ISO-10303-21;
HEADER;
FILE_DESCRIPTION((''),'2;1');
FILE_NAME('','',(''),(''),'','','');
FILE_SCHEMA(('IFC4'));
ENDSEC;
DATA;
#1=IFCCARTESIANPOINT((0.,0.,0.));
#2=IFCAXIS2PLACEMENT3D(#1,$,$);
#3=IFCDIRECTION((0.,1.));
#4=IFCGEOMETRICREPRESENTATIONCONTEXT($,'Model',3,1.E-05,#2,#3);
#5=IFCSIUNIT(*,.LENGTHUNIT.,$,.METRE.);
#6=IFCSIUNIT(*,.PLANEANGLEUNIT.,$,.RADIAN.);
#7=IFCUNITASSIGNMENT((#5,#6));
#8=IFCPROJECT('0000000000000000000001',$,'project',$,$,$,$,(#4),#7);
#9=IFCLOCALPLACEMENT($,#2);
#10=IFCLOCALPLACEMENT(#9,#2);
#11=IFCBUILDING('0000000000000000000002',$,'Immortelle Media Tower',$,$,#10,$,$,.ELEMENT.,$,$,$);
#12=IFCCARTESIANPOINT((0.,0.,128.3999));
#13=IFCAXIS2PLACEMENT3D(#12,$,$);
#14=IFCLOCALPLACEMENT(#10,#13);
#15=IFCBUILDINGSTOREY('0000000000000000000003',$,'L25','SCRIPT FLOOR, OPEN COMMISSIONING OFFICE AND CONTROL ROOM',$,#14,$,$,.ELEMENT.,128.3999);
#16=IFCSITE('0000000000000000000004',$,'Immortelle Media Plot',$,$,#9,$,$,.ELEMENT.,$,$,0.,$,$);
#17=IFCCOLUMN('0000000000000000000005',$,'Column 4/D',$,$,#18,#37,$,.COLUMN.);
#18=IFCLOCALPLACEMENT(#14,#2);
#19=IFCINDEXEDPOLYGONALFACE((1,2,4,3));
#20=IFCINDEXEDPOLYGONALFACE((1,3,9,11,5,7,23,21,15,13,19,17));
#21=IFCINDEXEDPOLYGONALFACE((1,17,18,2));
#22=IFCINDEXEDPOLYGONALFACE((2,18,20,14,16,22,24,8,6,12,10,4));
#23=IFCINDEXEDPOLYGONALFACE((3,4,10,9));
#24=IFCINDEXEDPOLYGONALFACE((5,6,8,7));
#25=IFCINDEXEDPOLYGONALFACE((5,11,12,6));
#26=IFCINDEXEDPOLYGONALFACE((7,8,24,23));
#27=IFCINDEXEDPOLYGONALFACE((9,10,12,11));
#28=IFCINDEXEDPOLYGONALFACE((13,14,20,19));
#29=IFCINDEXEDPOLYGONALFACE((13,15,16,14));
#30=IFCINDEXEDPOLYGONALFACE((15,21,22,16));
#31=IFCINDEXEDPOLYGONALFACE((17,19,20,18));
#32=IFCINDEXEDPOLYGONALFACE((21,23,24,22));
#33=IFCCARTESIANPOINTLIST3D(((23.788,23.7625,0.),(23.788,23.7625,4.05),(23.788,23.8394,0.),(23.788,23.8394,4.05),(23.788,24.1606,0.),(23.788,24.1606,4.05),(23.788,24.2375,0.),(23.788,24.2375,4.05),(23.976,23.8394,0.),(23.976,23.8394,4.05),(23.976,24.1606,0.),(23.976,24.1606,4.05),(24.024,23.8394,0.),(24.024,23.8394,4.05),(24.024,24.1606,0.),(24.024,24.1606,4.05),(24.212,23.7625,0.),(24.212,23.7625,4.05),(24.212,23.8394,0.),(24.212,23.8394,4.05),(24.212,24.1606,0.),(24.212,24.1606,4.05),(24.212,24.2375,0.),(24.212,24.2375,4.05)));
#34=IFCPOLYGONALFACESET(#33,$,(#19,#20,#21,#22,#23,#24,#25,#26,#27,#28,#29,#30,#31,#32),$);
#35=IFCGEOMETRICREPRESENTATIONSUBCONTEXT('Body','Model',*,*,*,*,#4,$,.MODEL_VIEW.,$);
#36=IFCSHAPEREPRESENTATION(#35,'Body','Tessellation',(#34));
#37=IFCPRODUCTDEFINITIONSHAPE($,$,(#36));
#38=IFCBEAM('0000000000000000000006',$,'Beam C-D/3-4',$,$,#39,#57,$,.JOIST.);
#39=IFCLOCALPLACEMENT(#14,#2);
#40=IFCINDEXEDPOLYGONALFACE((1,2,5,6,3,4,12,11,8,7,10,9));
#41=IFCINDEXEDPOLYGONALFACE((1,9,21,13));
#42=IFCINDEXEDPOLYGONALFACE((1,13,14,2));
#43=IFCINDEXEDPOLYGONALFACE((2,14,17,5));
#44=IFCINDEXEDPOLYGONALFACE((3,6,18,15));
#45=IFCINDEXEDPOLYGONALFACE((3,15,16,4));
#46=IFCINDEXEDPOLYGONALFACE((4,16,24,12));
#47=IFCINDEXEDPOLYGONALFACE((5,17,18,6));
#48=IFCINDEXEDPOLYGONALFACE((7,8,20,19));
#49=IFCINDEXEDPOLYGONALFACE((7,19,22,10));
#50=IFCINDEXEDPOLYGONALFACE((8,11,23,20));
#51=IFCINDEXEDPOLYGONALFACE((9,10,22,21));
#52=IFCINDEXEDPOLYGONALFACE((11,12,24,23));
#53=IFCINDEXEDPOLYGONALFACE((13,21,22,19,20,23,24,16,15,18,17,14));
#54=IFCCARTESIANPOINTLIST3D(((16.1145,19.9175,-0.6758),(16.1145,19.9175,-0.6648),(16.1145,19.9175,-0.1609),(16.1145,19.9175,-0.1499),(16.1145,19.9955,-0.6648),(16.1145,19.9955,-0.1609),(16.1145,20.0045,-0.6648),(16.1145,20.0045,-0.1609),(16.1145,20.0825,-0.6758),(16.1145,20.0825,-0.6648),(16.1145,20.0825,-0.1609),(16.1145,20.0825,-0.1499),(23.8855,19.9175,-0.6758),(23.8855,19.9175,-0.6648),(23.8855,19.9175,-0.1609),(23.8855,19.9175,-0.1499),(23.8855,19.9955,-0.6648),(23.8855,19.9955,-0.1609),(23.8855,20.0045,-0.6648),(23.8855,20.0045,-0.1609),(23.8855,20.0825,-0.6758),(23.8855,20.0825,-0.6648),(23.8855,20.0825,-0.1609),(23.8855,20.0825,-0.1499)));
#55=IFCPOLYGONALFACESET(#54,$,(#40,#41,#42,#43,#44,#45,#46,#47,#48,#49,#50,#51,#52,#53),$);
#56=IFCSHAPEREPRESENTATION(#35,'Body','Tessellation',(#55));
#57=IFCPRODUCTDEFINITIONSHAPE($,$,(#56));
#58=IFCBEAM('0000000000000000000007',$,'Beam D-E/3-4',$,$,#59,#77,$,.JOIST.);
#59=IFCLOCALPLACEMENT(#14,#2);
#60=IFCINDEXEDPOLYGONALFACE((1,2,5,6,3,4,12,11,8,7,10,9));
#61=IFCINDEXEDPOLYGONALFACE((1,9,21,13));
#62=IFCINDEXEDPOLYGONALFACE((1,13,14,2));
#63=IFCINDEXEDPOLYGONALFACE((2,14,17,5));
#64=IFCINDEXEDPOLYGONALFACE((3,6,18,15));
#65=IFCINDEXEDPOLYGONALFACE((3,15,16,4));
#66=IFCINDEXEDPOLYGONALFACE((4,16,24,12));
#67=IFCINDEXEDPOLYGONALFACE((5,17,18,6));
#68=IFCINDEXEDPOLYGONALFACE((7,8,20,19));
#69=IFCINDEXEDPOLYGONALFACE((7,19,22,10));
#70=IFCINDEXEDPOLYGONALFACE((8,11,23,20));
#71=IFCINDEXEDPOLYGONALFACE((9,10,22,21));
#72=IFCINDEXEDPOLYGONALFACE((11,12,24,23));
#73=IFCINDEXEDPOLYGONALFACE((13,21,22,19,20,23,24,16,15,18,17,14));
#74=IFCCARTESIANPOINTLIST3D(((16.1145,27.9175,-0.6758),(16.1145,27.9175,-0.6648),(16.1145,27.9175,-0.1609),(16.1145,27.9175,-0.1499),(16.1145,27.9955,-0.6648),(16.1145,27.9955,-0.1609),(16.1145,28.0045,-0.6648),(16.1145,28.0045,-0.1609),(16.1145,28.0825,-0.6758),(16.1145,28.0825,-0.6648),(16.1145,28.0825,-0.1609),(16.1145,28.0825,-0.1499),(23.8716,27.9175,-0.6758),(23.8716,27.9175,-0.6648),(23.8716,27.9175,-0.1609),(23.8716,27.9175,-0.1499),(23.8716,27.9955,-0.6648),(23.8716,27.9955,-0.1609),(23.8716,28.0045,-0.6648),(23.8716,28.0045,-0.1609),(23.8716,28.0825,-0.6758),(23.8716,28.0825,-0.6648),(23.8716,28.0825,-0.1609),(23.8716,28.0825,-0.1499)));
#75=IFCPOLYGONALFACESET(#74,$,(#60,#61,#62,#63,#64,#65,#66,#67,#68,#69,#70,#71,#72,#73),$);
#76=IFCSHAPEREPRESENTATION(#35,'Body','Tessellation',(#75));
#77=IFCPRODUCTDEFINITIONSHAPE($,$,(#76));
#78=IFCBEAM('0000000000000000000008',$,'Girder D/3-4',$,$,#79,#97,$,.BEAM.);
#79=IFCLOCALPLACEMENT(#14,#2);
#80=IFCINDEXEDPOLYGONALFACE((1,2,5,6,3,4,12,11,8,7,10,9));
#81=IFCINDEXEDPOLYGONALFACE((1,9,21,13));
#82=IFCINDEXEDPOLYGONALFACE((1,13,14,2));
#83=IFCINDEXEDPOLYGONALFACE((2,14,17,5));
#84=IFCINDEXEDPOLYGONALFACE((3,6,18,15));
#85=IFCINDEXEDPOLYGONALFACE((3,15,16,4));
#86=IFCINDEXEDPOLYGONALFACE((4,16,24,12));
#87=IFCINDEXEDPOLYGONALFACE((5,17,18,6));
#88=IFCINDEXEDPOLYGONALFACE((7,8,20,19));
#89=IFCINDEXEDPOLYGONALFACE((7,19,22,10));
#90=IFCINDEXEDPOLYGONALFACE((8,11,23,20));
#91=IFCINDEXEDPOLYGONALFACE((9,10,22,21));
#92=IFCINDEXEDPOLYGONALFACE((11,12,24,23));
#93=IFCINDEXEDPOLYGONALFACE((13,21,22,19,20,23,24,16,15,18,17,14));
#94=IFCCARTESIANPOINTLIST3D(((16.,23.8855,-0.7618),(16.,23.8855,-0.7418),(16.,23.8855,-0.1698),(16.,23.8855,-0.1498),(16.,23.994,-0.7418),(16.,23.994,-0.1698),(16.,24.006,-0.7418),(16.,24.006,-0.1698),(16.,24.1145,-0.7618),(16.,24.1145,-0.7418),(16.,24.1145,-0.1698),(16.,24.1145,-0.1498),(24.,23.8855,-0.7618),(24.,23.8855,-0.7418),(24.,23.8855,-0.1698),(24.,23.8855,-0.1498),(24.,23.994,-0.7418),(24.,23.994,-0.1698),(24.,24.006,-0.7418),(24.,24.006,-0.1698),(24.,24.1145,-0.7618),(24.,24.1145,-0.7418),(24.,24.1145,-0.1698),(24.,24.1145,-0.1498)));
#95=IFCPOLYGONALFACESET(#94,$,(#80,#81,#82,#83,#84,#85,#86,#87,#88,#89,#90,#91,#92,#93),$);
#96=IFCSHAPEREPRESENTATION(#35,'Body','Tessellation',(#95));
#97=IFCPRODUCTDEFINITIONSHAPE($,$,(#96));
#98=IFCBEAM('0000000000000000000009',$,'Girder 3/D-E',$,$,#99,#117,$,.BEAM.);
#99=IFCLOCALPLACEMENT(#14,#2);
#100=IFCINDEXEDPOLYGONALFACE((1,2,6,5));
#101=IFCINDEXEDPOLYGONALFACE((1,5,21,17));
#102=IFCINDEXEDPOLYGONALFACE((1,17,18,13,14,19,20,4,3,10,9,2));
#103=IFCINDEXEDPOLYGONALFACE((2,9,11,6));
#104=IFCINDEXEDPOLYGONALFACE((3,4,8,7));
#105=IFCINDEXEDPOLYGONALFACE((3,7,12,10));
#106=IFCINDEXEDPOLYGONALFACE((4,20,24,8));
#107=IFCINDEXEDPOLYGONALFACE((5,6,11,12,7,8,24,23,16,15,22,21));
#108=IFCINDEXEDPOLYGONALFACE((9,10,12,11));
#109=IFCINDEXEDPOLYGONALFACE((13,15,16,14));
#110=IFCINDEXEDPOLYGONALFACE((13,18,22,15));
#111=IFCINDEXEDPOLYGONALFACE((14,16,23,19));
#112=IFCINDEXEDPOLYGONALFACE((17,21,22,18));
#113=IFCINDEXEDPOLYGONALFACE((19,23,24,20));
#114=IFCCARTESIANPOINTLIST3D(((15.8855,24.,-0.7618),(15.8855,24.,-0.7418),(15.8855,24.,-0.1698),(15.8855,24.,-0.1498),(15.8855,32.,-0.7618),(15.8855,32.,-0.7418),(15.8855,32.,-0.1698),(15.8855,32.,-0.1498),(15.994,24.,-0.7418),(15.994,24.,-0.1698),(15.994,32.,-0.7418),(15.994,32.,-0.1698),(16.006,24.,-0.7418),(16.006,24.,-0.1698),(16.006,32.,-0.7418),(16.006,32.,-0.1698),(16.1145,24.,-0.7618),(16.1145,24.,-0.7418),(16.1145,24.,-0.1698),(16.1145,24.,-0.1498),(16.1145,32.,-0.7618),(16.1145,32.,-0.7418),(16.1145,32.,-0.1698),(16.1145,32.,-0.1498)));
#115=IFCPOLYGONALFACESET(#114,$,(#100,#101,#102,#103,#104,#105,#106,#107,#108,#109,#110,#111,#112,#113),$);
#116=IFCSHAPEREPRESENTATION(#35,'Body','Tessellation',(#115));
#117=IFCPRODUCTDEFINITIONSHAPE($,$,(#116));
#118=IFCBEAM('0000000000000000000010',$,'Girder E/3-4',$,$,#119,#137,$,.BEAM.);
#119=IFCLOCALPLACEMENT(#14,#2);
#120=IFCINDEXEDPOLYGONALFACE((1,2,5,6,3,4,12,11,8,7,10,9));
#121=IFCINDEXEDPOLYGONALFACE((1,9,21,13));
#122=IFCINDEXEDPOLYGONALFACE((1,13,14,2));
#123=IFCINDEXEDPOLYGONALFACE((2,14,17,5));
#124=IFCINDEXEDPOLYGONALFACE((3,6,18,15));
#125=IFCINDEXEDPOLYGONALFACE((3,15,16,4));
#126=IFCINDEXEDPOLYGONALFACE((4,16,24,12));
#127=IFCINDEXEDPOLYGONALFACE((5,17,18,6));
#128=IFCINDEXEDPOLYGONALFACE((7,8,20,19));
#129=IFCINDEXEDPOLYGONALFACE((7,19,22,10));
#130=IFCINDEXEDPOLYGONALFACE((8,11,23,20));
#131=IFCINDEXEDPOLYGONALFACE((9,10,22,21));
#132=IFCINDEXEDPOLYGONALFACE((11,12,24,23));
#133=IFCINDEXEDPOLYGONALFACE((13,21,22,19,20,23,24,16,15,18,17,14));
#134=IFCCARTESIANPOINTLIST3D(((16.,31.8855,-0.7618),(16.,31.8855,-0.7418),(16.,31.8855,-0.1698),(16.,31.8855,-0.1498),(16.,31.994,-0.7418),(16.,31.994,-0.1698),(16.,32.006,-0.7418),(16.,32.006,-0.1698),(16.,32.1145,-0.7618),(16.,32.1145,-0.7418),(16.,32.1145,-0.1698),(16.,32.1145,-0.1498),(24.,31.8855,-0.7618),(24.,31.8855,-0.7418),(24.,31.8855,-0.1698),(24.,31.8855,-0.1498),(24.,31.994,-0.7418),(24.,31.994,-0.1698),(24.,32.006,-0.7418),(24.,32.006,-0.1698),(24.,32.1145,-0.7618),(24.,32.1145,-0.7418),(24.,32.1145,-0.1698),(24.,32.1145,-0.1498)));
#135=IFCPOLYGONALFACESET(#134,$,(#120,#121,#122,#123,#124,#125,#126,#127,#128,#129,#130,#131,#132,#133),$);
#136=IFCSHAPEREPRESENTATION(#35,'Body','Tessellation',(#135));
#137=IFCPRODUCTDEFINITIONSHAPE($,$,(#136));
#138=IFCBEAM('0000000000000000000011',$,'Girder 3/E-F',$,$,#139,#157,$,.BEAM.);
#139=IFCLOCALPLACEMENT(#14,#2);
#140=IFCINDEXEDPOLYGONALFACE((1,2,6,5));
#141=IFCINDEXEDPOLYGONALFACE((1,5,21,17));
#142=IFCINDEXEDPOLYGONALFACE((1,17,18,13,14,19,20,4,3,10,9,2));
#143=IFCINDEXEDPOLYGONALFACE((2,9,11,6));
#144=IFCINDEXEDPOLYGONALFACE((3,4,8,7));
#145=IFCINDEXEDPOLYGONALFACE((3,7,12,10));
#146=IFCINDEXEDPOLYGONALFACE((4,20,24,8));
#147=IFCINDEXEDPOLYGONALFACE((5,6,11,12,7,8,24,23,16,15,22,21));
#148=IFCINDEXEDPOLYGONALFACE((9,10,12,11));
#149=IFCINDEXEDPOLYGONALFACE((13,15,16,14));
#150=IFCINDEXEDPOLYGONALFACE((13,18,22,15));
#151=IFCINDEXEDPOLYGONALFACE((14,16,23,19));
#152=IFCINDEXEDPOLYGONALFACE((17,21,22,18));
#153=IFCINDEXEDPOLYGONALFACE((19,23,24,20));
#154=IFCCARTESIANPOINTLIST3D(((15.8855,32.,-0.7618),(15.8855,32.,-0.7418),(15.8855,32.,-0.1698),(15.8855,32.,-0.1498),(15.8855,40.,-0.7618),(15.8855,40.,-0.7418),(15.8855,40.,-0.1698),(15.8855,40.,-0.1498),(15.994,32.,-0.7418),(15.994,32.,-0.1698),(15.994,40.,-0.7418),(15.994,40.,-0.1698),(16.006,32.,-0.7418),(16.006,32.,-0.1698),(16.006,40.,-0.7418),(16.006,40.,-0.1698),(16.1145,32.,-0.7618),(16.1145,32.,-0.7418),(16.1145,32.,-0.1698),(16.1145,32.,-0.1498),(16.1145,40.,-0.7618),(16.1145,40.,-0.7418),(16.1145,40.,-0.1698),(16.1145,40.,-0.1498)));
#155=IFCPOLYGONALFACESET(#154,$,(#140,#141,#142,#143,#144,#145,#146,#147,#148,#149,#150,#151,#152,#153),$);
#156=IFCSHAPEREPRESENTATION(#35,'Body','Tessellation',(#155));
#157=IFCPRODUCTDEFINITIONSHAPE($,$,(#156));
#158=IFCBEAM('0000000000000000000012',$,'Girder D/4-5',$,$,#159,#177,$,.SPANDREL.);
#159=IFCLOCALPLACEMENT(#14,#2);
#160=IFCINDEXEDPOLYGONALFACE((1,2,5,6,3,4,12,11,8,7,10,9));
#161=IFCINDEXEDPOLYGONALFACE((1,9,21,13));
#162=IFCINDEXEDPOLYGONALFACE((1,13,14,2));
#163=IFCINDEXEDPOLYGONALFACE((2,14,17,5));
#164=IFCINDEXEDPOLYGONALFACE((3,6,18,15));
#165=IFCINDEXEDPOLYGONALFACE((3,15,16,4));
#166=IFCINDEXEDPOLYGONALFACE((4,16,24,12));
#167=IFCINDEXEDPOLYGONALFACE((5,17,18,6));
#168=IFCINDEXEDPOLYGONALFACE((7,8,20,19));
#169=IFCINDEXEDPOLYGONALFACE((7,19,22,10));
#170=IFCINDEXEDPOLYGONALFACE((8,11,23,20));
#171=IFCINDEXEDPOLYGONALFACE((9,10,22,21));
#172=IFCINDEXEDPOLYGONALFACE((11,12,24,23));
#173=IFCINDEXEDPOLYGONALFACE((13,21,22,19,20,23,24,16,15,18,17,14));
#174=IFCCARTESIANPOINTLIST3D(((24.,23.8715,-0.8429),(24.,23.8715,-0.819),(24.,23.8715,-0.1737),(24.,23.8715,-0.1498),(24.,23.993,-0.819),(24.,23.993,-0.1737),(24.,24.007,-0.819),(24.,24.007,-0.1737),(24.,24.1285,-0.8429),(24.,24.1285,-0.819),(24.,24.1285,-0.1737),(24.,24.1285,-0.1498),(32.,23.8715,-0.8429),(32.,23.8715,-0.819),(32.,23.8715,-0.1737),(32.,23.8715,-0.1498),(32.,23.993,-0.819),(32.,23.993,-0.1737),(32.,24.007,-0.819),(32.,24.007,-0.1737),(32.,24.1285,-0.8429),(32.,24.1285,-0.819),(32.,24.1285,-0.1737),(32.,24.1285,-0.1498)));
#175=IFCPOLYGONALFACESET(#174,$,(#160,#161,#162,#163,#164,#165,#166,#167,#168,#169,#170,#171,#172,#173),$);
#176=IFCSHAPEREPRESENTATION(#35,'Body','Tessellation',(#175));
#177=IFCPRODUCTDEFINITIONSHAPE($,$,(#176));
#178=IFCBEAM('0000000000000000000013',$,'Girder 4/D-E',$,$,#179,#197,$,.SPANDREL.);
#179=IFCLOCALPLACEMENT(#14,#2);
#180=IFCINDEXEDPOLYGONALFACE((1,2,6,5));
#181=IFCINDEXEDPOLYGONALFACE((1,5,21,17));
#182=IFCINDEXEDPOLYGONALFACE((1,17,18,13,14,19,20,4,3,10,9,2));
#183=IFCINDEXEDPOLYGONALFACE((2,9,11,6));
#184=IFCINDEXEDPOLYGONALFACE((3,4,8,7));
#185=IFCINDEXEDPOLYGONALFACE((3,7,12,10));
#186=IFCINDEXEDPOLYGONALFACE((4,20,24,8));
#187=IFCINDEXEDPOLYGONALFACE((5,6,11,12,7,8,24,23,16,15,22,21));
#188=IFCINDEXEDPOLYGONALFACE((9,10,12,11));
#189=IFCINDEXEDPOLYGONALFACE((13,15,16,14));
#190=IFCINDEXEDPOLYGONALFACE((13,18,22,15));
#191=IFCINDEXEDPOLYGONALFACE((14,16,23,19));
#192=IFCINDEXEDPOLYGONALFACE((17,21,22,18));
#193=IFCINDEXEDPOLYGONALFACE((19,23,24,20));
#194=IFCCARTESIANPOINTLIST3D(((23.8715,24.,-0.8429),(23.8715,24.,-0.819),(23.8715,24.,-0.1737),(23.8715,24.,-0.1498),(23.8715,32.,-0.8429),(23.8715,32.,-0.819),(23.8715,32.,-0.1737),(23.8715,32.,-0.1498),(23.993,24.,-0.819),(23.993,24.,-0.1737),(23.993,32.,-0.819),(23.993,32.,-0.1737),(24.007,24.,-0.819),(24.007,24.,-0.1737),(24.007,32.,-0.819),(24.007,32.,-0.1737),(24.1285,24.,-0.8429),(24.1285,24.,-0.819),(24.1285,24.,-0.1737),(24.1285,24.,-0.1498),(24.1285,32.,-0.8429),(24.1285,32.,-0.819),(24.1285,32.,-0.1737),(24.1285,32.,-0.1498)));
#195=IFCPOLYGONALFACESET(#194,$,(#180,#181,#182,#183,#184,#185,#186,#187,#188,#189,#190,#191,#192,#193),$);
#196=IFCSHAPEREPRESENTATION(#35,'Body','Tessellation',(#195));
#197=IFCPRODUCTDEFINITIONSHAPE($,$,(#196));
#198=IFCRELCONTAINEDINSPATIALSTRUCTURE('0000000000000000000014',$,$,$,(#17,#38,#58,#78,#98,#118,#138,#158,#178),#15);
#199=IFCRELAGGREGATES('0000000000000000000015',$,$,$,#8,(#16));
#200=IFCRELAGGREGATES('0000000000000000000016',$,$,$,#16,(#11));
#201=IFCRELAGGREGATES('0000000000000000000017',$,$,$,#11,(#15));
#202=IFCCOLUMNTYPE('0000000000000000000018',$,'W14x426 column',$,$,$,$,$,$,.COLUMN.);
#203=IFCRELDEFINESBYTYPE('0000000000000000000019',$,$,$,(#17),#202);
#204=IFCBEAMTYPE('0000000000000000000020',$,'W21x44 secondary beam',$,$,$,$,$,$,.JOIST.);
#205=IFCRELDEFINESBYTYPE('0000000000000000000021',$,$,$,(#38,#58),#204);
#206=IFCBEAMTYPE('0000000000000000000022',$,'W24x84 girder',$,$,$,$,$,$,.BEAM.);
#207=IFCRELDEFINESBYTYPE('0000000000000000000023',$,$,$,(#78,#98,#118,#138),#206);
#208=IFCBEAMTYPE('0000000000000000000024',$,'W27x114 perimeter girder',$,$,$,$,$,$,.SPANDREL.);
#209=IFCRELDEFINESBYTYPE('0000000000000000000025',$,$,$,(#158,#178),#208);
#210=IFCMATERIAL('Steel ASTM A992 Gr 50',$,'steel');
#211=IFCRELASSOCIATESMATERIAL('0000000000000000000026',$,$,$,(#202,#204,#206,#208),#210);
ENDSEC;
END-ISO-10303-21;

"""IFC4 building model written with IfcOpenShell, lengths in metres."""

from ifc_helpers import new_model, si_unit, direction, frame, origin, origin_2d, place, context, subcontext, project, spatial, i_section, extrude, material, material_profile, profile_set, type_object, element, save


model = new_model("IFC4")

# Units and contexts
model_context = context("Model", 3, precision=1e-05, world=origin(), true_north=direction((0.0, 1.0)))
body_context = subcontext(model_context, "Body", "Model", "MODEL_VIEW")
ifc_project = project(units=[si_unit("LENGTHUNIT", "METRE"), si_unit("PLANEANGLEUNIT", "RADIAN")], contexts=[model_context])

# Site, building, storey
site_placement = place(None, origin())
site = spatial("IfcSite", under=ifc_project, at=site_placement, Name="Immortelle Media Plot", CompositionType="ELEMENT", RefElevation=0.0)
building_placement = place(site_placement, origin())
building = spatial("IfcBuilding", under=site, at=building_placement, Name="Immortelle Media Tower", CompositionType="ELEMENT")
storey_placement = place(building_placement, frame((0.0, 0.0, 128.3999)))
storey = spatial("IfcBuildingStorey", under=building, at=storey_placement, Name="L25", Description="SCRIPT FLOOR, OPEN COMMISSIONING OFFICE AND CONTROL ROOM", CompositionType="ELEMENT", Elevation=128.3999)

# Column
ifc_material_1 = material(Name="Steel ASTM A992 Gr 50", Category="steel")
ifc_material_profile_1 = material_profile(ifc_material_1, i_section(OverallWidth=0.4241, OverallDepth=0.4751, WebThickness=0.0481, FlangeThickness=0.0769, at=origin_2d()), Name="W14x426")
ifc_profile_set_1 = profile_set([ifc_material_profile_1], Name="Steel ASTM A992 Gr 50")
column_type = type_object("IfcColumnType", Name="W14x426 column", PredefinedType="COLUMN", material=ifc_profile_set_1)
column_placement = place(storey_placement, frame((24.0, 24.0, 0.0), z_axis=(0.0, 0.0, 1.0), x_axis=(1.0, 0.0, 0.0)))
element("IfcColumn", 1, at=column_placement, inside=storey, type_object=column_type, Name="Column 4/D", PredefinedType="COLUMN", context=body_context, shape_type="SweptSolid", body=[
    extrude(i_section(OverallWidth=0.4241, OverallDepth=0.4751, WebThickness=0.0481, FlangeThickness=0.0769, at=origin_2d()), origin(), (0.0, 0.0, 1.0), 4.05),
])

# Beams
ifc_material_profile_2 = material_profile(ifc_material_1, i_section(OverallWidth=0.165, OverallDepth=0.5259, WebThickness=0.009, FlangeThickness=0.011, at=origin_2d()), Name="W21x44")
ifc_profile_set_2 = profile_set([ifc_material_profile_2], Name="Steel ASTM A992 Gr 50")
beam_type_1 = type_object("IfcBeamType", Name="W21x44 secondary beam", PredefinedType="JOIST", material=ifc_profile_set_2)
beam_1_placement = place(storey_placement, frame((16.1145, 20.0, -0.4128), z_axis=(1.0, 0.0, 0.0), x_axis=(0.0, 1.0, 0.0)))
element("IfcBeam", 2, at=beam_1_placement, inside=storey, type_object=beam_type_1, Name="Beam C-D/3-4", PredefinedType="JOIST", context=body_context, shape_type="SweptSolid", body=[
    extrude(i_section(OverallWidth=0.165, OverallDepth=0.5259, WebThickness=0.009, FlangeThickness=0.011, at=origin_2d()), origin(), (0.0, 0.0, 1.0), 7.771),
])
beam_2_placement = place(storey_placement, frame((16.1145, 28.0, -0.4128), z_axis=(1.0, 0.0, 0.0), x_axis=(0.0, 1.0, 0.0)))
element("IfcBeam", 3, at=beam_2_placement, inside=storey, type_object=beam_type_1, Name="Beam D-E/3-4", PredefinedType="JOIST", context=body_context, shape_type="SweptSolid", body=[
    extrude(i_section(OverallWidth=0.165, OverallDepth=0.5259, WebThickness=0.009, FlangeThickness=0.011, at=origin_2d()), origin(), (0.0, 0.0, 1.0), 7.7571),
])
ifc_material_profile_3 = material_profile(ifc_material_1, i_section(OverallWidth=0.229, OverallDepth=0.6121, WebThickness=0.012, FlangeThickness=0.02, at=origin_2d()), Name="W24x84")
ifc_profile_set_3 = profile_set([ifc_material_profile_3], Name="Steel ASTM A992 Gr 50")
beam_type_2 = type_object("IfcBeamType", Name="W24x84 girder", PredefinedType="BEAM", material=ifc_profile_set_3)
for number, where, z_axis, x_axis, name in (
    (4, (16.0, 24.0, -0.4558), (1.0, 0.0, 0.0), (0.0, 1.0, 0.0), "Girder D/3-4"),
    (5, (16.0, 24.0, -0.4558), (0.0, 1.0, 0.0), (-1.0, 0.0, 0.0), "Girder 3/D-E"),
    (6, (16.0, 32.0, -0.4558), (1.0, 0.0, 0.0), (0.0, 1.0, 0.0), "Girder E/3-4"),
    (7, (16.0, 32.0, -0.4558), (0.0, 1.0, 0.0), (-1.0, 0.0, 0.0), "Girder 3/E-F"),
):
    element("IfcBeam", number, at=place(storey_placement, frame(where, z_axis=z_axis, x_axis=x_axis)), inside=storey, type_object=beam_type_2, Name=name, PredefinedType="BEAM", context=body_context, shape_type="SweptSolid", body=[
        extrude(i_section(OverallWidth=0.229, OverallDepth=0.6121, WebThickness=0.012, FlangeThickness=0.02, at=origin_2d()), origin(), (0.0, 0.0, 1.0), 8.0),
    ])
ifc_material_profile_4 = material_profile(ifc_material_1, i_section(OverallWidth=0.2571, OverallDepth=0.6931, WebThickness=0.0139, FlangeThickness=0.0239, at=origin_2d()), Name="W27x114")
ifc_profile_set_4 = profile_set([ifc_material_profile_4], Name="Steel ASTM A992 Gr 50")
beam_type_3 = type_object("IfcBeamType", Name="W27x114 perimeter girder", PredefinedType="SPANDREL", material=ifc_profile_set_4)
for number, where, z_axis, x_axis, name in (
    (8, (24.0, 24.0, -0.4963), (1.0, 0.0, 0.0), (0.0, 1.0, 0.0), "Girder D/4-5"),
    (9, (24.0, 24.0, -0.4963), (0.0, 1.0, 0.0), (-1.0, 0.0, 0.0), "Girder 4/D-E"),
):
    element("IfcBeam", number, at=place(storey_placement, frame(where, z_axis=z_axis, x_axis=x_axis)), inside=storey, type_object=beam_type_3, Name=name, PredefinedType="SPANDREL", context=body_context, shape_type="SweptSolid", body=[
        extrude(i_section(OverallWidth=0.2571, OverallDepth=0.6931, WebThickness=0.0139, FlangeThickness=0.0239, at=origin_2d()), origin(), (0.0, 0.0, 1.0), 8.0),
    ])

save(model, "model.ifc")
